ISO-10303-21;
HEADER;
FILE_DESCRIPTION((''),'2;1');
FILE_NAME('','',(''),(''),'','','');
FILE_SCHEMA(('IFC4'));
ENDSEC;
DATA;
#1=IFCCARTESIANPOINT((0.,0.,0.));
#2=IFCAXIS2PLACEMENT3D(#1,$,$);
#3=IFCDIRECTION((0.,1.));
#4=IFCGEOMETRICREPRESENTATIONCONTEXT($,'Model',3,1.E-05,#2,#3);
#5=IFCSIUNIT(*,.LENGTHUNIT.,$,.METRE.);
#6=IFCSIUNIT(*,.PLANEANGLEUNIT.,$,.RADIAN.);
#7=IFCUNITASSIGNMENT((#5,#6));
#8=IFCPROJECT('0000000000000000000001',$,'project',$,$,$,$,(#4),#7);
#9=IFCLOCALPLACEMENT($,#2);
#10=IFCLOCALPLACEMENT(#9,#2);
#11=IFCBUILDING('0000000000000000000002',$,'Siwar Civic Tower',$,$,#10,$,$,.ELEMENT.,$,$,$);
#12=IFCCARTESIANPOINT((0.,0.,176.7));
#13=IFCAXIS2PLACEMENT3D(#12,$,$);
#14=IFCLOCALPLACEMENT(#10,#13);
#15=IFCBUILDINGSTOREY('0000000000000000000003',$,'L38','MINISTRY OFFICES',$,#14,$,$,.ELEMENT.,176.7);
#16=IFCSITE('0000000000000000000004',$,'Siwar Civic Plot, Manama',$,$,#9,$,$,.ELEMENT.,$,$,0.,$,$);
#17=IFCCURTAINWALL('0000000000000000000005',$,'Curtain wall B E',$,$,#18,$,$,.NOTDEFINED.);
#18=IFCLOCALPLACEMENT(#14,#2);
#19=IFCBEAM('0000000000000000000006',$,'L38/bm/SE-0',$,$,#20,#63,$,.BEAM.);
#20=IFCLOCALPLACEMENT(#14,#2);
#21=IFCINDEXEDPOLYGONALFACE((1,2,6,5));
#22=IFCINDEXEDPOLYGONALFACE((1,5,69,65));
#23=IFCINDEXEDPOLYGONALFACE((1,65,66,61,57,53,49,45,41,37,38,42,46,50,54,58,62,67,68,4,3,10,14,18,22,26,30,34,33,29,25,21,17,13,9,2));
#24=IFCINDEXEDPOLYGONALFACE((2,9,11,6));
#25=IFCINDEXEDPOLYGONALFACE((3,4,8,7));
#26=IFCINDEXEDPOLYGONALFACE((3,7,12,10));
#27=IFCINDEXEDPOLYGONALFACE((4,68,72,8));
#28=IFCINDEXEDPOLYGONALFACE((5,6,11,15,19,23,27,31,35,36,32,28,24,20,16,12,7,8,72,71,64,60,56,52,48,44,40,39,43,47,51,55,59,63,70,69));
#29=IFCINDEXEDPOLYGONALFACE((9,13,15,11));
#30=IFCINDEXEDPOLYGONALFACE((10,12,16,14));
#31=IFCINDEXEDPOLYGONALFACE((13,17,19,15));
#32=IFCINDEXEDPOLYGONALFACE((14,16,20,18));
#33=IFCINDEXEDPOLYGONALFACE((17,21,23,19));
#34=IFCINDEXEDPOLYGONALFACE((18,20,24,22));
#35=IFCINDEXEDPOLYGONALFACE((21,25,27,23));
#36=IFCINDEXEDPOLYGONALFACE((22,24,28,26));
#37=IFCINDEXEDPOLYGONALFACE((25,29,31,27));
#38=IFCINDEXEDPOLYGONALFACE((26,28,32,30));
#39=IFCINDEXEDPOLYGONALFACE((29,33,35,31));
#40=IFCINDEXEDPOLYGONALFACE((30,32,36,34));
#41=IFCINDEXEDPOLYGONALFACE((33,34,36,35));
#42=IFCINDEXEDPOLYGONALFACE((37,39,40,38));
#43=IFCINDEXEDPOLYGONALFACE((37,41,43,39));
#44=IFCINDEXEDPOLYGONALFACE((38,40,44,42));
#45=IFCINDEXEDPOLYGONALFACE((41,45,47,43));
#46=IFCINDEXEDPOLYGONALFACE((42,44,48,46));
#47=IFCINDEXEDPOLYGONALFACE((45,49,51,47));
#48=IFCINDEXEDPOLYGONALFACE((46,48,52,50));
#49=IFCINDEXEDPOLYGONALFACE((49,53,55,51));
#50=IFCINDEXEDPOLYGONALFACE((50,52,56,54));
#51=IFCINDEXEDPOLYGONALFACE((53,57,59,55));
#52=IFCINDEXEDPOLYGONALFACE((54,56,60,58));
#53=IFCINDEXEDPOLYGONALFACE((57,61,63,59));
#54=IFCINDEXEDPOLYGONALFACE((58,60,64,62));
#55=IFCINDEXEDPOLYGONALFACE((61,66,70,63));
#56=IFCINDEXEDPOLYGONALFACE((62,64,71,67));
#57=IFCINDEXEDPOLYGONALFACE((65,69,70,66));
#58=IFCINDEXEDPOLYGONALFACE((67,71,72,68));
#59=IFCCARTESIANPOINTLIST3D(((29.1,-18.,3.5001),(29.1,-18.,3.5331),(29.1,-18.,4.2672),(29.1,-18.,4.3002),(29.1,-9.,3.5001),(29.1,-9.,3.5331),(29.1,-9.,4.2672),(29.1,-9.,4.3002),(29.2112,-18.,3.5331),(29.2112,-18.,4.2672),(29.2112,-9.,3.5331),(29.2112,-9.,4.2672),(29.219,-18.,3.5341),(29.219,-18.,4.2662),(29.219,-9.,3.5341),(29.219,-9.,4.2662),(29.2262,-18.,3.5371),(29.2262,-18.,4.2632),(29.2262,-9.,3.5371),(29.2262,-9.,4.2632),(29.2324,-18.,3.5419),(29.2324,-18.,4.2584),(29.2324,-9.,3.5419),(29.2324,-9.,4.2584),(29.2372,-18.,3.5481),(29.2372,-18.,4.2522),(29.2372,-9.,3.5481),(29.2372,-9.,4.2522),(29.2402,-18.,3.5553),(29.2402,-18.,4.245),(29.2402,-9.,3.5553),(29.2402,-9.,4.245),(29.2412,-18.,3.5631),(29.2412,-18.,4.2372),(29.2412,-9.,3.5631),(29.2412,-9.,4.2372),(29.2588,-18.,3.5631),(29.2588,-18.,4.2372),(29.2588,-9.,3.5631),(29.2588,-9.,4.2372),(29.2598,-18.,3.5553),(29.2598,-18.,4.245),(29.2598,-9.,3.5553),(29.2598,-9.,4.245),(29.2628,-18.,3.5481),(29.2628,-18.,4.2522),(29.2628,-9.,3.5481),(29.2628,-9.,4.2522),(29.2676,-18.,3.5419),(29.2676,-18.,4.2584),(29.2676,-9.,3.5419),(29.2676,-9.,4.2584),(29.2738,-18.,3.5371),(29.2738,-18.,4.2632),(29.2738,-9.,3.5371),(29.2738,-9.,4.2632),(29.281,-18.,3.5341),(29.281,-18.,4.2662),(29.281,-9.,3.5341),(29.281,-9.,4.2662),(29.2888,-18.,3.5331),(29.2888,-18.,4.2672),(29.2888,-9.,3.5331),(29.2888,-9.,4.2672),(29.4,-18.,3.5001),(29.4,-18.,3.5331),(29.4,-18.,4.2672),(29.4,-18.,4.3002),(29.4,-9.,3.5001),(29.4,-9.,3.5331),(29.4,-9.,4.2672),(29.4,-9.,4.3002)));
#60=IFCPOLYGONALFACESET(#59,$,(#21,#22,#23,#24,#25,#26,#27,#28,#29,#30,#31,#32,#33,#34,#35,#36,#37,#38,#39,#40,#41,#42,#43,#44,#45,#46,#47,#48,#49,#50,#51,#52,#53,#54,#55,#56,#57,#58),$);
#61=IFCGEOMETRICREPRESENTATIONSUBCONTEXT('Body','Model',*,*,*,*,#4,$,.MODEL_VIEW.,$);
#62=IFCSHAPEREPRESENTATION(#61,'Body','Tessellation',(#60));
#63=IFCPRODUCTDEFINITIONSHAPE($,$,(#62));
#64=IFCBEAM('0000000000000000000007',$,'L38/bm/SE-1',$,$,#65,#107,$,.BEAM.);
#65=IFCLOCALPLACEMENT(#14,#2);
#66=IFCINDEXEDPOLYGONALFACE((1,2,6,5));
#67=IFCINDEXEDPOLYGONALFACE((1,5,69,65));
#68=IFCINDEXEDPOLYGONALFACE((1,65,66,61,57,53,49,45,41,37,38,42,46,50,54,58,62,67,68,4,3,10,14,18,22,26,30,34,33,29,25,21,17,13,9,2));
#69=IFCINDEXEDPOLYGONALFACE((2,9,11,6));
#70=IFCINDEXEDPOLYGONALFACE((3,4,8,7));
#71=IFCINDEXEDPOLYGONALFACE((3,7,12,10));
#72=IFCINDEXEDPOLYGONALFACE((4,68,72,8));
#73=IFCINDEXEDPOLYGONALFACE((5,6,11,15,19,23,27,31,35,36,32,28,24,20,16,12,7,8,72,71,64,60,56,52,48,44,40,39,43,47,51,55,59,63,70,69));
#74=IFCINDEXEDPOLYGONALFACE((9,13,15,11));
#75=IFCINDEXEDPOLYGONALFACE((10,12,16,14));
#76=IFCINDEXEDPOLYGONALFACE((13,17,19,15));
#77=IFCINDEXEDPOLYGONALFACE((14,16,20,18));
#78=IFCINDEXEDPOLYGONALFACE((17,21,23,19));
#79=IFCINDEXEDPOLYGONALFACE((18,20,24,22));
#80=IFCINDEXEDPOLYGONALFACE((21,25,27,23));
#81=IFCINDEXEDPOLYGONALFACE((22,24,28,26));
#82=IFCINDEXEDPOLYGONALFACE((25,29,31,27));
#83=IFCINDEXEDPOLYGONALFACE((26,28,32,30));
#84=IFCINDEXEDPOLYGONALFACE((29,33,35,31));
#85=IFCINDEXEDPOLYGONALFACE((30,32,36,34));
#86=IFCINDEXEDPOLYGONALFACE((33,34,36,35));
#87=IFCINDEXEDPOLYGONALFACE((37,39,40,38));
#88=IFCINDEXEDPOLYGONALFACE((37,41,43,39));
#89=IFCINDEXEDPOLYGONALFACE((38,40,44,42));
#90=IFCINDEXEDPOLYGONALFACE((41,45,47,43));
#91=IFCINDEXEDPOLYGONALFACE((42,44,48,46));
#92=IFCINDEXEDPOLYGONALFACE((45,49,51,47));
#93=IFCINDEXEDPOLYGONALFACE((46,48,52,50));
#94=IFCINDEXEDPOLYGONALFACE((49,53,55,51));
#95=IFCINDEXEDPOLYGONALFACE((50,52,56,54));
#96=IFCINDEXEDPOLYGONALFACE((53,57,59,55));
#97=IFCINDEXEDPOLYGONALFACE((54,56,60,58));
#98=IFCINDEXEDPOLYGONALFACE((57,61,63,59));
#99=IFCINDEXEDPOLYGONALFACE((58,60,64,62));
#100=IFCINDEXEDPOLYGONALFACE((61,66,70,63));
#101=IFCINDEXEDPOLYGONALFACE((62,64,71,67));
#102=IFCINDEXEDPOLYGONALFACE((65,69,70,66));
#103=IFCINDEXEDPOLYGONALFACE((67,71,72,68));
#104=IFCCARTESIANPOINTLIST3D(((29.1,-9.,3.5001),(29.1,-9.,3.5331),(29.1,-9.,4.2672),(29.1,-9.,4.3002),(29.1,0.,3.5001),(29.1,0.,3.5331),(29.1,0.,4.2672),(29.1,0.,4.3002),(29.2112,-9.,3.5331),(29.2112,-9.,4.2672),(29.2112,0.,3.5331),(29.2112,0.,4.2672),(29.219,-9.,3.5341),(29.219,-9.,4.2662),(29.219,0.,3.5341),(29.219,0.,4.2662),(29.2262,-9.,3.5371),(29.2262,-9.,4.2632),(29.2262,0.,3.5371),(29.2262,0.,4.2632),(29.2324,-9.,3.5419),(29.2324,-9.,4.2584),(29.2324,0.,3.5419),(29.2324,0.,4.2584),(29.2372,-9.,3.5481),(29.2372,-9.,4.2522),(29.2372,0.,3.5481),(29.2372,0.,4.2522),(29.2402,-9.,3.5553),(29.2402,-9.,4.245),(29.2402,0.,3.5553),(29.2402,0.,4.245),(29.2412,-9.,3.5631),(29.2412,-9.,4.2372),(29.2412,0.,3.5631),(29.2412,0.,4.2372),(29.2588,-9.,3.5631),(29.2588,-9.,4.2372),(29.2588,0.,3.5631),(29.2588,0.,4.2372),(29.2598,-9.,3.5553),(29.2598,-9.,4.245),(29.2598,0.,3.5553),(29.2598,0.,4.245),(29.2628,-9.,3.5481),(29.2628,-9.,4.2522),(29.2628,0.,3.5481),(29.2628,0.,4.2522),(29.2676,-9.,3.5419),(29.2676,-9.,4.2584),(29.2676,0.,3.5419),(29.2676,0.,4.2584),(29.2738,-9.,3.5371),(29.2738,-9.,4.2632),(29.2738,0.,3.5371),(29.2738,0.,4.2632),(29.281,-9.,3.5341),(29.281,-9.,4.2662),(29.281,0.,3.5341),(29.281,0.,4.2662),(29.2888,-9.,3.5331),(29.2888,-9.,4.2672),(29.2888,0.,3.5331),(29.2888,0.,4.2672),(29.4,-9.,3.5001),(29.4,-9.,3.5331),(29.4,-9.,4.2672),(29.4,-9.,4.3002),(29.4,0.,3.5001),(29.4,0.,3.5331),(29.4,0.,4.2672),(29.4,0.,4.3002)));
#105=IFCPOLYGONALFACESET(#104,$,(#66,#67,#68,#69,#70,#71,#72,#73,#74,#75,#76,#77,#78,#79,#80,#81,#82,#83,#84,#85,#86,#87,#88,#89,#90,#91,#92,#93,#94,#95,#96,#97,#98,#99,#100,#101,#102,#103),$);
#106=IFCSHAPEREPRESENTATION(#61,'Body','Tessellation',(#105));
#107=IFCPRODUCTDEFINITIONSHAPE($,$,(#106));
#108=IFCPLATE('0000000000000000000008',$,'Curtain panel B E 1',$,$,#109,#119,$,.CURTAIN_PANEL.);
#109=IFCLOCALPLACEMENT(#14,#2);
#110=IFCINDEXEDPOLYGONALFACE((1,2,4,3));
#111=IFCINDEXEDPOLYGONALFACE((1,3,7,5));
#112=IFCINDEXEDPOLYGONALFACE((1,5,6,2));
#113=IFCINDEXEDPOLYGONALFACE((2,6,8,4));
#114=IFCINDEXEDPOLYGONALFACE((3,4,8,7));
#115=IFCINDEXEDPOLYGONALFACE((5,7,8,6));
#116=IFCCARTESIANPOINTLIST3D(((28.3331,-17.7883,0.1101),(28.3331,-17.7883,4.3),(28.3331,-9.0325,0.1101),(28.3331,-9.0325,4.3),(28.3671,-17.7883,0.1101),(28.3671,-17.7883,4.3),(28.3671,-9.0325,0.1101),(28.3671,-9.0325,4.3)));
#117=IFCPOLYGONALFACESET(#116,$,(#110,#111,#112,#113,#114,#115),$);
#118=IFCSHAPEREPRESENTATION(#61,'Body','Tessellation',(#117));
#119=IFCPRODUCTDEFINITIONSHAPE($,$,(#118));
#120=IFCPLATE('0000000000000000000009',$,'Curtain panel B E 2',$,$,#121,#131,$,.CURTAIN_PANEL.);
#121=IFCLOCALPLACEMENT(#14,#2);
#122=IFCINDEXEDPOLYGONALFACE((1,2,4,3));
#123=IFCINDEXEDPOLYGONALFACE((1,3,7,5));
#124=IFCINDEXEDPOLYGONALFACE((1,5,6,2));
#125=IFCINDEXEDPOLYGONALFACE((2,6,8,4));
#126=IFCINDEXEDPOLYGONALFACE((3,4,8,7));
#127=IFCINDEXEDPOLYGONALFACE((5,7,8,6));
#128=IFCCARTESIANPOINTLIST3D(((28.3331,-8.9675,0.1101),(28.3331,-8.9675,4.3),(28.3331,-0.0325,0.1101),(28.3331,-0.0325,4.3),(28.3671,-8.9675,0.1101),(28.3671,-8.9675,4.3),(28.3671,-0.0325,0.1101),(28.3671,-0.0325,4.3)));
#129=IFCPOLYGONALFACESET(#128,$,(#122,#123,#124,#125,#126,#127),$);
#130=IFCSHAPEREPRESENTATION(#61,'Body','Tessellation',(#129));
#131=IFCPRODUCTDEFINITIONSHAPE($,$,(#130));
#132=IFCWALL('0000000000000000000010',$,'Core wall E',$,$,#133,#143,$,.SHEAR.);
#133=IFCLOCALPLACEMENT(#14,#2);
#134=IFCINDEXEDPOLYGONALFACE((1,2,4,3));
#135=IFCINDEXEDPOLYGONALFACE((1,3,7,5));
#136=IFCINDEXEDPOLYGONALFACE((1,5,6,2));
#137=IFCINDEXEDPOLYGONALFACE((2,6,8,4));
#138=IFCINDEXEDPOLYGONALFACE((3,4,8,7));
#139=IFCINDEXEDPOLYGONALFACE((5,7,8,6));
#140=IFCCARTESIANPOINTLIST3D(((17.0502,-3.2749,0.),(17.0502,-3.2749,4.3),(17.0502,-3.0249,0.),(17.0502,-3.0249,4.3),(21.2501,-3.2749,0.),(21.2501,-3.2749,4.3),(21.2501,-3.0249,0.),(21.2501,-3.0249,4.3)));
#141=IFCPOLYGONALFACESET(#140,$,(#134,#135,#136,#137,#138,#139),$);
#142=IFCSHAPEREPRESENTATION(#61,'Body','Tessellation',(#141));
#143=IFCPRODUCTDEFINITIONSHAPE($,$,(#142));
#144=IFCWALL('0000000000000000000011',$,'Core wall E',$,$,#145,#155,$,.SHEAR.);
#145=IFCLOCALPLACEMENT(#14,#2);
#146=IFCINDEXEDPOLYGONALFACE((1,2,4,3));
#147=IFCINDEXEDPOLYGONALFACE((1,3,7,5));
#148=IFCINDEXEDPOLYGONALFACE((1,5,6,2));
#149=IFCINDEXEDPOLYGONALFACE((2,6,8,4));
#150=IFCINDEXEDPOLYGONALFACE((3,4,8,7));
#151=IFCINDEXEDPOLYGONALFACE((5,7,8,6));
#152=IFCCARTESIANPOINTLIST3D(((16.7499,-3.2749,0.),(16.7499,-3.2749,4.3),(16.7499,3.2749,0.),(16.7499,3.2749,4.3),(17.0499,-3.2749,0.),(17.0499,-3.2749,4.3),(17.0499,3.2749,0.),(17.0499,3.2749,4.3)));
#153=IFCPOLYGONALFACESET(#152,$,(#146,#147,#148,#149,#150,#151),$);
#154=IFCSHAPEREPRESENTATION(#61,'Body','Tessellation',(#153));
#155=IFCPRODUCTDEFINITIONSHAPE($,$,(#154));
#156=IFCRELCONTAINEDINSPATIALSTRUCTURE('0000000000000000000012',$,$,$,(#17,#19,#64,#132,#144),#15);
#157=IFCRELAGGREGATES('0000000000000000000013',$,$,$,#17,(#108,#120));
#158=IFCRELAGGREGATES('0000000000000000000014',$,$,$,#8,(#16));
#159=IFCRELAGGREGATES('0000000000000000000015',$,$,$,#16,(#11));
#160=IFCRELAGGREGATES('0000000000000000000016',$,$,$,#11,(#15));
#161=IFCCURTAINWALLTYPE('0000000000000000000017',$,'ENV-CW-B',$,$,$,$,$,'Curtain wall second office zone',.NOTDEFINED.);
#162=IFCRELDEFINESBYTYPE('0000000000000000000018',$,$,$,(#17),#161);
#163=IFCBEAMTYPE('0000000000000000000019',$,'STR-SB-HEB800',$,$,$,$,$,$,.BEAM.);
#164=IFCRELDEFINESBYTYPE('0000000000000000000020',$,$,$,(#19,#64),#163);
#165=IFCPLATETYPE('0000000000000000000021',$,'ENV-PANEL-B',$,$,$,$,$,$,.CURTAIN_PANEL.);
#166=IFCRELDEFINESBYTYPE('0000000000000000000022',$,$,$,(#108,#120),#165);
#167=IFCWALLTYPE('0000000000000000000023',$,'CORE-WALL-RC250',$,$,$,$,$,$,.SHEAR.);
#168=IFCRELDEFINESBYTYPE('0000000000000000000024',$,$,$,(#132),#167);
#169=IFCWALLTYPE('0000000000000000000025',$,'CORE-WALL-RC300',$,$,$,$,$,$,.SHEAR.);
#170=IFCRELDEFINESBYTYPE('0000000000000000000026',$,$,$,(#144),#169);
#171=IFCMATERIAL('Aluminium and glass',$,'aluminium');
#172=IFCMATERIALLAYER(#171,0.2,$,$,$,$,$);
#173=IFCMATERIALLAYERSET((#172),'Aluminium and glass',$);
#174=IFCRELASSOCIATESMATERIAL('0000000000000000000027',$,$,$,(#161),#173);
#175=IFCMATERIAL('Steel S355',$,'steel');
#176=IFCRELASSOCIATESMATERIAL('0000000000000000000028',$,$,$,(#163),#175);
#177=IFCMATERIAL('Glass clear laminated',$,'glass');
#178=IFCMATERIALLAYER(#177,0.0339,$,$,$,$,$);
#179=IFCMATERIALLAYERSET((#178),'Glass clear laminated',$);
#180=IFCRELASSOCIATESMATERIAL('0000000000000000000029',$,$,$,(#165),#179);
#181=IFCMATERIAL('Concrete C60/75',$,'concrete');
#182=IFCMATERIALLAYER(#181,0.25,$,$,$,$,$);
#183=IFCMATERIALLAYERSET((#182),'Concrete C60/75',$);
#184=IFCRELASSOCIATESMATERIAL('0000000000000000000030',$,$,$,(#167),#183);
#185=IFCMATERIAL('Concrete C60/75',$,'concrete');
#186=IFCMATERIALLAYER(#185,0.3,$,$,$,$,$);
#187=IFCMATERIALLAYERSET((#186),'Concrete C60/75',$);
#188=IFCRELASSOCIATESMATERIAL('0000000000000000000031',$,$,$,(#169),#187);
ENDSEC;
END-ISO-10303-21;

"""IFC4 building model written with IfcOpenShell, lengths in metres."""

from ifc_helpers import new_model, si_unit, direction, frame, frame_2d, origin, origin_2d, place, context, subcontext, project, spatial, rectangle, i_section, extrude, material, layer, layer_set, material_profile, profile_set, type_object, element, aggregate, save


model = new_model("IFC4")

# Units and contexts
model_context = context("Model", 3, precision=1e-05, world=origin(), true_north=direction((0.0, 1.0)))
body_context = subcontext(model_context, "Body", "Model", "MODEL_VIEW")
ifc_project = project(units=[si_unit("LENGTHUNIT", "METRE"), si_unit("PLANEANGLEUNIT", "RADIAN")], contexts=[model_context])

# Site, building, storey
site_placement = place(None, origin())
site = spatial("IfcSite", under=ifc_project, at=site_placement, Name="Siwar Civic Plot, Manama", CompositionType="ELEMENT", RefElevation=0.0)
building_placement = place(site_placement, origin())
building = spatial("IfcBuilding", under=site, at=building_placement, Name="Siwar Civic Tower", CompositionType="ELEMENT")
storey_placement = place(building_placement, frame((0.0, 0.0, 176.7)))
storey = spatial("IfcBuildingStorey", under=building, at=storey_placement, Name="L38", Description="MINISTRY OFFICES", CompositionType="ELEMENT", Elevation=176.7)

# Curtain wall
ifc_material_1 = material(Name="Aluminium and glass", Category="aluminium")
ifc_layer_1 = layer(ifc_material_1, 0.2)
ifc_layer_set_1 = layer_set([ifc_layer_1], Name="Aluminium and glass")
curtain_wall_type = type_object("IfcCurtainWallType", Name="ENV-CW-B", ElementType="Curtain wall second office zone", PredefinedType="NOTDEFINED", material=ifc_layer_set_1)
curtain_wall_placement = place(storey_placement, origin())
curtain_wall = element("IfcCurtainWall", 1, at=curtain_wall_placement, inside=storey, type_object=curtain_wall_type, Name="Curtain wall B E", PredefinedType="NOTDEFINED")

# Beams
ifc_material_2 = material(Name="Steel S355", Category="steel")
ifc_material_profile_1 = material_profile(ifc_material_2, i_section(OverallWidth=0.3, OverallDepth=0.8, WebThickness=0.0176, FlangeThickness=0.033, FilletRadius=0.03, at=origin_2d()), Name="HEB800")
ifc_profile_set_1 = profile_set([ifc_material_profile_1], Name="Steel S355")
beam_type_1 = type_object("IfcBeamType", Name="STR-SB-HEB800", PredefinedType="BEAM", material=ifc_profile_set_1)
for number, where, z_axis, x_axis, name in (
    (2, (29.25, -18.0, 3.9001), (0.0, 1.0, 0.0), (-1.0, 0.0, 0.0), "L38/bm/SE-0"),
    (3, (29.25, -9.0, 3.9001), (0.0, 1.0, 0.0), (-1.0, 0.0, 0.0), "L38/bm/SE-1"),
):
    element("IfcBeam", number, at=place(storey_placement, frame(where, z_axis=z_axis, x_axis=x_axis)), inside=storey, type_object=beam_type_1, Name=name, PredefinedType="BEAM", context=body_context, shape_type="SweptSolid", body=[
        extrude(i_section(OverallWidth=0.3, OverallDepth=0.8, WebThickness=0.0176, FlangeThickness=0.033, FilletRadius=0.03, at=origin_2d()), origin(), (0.0, 0.0, 1.0), 9.0),
    ])

# Plates
ifc_material_3 = material(Name="Glass clear laminated", Category="glass")
ifc_layer_2 = layer(ifc_material_3, 0.0339)
ifc_layer_set_2 = layer_set([ifc_layer_2], Name="Glass clear laminated")
plate_type = type_object("IfcPlateType", Name="ENV-PANEL-B", PredefinedType="CURTAIN_PANEL", material=ifc_layer_set_2)
plate_1_placement = place(storey_placement, frame((28.3501, -13.4104, 0.1101), z_axis=(0.0, 0.0, 1.0), x_axis=(0.0, 1.0, 0.0)))
plate_1 = element("IfcPlate", 4, at=plate_1_placement, type_object=plate_type, Name="Curtain panel B E 1", PredefinedType="CURTAIN_PANEL", context=body_context, shape_type="SweptSolid", body=[
    extrude(rectangle(XDim=8.7559, YDim=0.0339, at=origin_2d()), origin(), (0.0, 0.0, 1.0), 4.1899),
])
plate_2_placement = place(storey_placement, frame((28.3501, -4.5, 0.1101), z_axis=(0.0, 0.0, 1.0), x_axis=(0.0, 1.0, 0.0)))
plate_2 = element("IfcPlate", 5, at=plate_2_placement, type_object=plate_type, Name="Curtain panel B E 2", PredefinedType="CURTAIN_PANEL", context=body_context, shape_type="SweptSolid", body=[
    extrude(rectangle(XDim=8.9351, YDim=0.0339, at=origin_2d()), origin(), (0.0, 0.0, 1.0), 4.1899),
])
aggregate(curtain_wall, [plate_1, plate_2])

# Walls
ifc_material_4 = material(Name="Concrete C60/75", Category="concrete")
ifc_layer_3 = layer(ifc_material_4, 0.25)
ifc_layer_set_3 = layer_set([ifc_layer_3], Name="Concrete C60/75")
wall_type_1 = type_object("IfcWallType", Name="CORE-WALL-RC250", PredefinedType="SHEAR", material=ifc_layer_set_3)
wall_1_placement = place(storey_placement, frame((17.05, -3.1499, 0.0), z_axis=(0.0, 0.0, 1.0), x_axis=(1.0, 0.0, 0.0)))
element("IfcWall", 6, at=wall_1_placement, inside=storey, type_object=wall_type_1, Name="Core wall E", PredefinedType="SHEAR", context=body_context, shape_type="SweptSolid", body=[
    extrude(rectangle(XDim=4.2, YDim=0.25, at=frame_2d((2.1001, 0.0))), origin(), (0.0, 0.0, 1.0), 4.3),
])
ifc_material_5 = material(Name="Concrete C60/75", Category="concrete")
ifc_layer_4 = layer(ifc_material_5, 0.3)
ifc_layer_set_4 = layer_set([ifc_layer_4], Name="Concrete C60/75")
wall_type_2 = type_object("IfcWallType", Name="CORE-WALL-RC300", PredefinedType="SHEAR", material=ifc_layer_set_4)
wall_2_placement = place(storey_placement, frame((16.8999, -3.2749, 0.0), z_axis=(0.0, 0.0, 1.0), x_axis=(0.0, 1.0, 0.0)))
element("IfcWall", 7, at=wall_2_placement, inside=storey, type_object=wall_type_2, Name="Core wall E", PredefinedType="SHEAR", context=body_context, shape_type="SweptSolid", body=[
    extrude(rectangle(XDim=6.5498, YDim=0.3, at=frame_2d((3.2749, 0.0))), origin(), (0.0, 0.0, 1.0), 4.3),
])

save(model, "model.ifc")
